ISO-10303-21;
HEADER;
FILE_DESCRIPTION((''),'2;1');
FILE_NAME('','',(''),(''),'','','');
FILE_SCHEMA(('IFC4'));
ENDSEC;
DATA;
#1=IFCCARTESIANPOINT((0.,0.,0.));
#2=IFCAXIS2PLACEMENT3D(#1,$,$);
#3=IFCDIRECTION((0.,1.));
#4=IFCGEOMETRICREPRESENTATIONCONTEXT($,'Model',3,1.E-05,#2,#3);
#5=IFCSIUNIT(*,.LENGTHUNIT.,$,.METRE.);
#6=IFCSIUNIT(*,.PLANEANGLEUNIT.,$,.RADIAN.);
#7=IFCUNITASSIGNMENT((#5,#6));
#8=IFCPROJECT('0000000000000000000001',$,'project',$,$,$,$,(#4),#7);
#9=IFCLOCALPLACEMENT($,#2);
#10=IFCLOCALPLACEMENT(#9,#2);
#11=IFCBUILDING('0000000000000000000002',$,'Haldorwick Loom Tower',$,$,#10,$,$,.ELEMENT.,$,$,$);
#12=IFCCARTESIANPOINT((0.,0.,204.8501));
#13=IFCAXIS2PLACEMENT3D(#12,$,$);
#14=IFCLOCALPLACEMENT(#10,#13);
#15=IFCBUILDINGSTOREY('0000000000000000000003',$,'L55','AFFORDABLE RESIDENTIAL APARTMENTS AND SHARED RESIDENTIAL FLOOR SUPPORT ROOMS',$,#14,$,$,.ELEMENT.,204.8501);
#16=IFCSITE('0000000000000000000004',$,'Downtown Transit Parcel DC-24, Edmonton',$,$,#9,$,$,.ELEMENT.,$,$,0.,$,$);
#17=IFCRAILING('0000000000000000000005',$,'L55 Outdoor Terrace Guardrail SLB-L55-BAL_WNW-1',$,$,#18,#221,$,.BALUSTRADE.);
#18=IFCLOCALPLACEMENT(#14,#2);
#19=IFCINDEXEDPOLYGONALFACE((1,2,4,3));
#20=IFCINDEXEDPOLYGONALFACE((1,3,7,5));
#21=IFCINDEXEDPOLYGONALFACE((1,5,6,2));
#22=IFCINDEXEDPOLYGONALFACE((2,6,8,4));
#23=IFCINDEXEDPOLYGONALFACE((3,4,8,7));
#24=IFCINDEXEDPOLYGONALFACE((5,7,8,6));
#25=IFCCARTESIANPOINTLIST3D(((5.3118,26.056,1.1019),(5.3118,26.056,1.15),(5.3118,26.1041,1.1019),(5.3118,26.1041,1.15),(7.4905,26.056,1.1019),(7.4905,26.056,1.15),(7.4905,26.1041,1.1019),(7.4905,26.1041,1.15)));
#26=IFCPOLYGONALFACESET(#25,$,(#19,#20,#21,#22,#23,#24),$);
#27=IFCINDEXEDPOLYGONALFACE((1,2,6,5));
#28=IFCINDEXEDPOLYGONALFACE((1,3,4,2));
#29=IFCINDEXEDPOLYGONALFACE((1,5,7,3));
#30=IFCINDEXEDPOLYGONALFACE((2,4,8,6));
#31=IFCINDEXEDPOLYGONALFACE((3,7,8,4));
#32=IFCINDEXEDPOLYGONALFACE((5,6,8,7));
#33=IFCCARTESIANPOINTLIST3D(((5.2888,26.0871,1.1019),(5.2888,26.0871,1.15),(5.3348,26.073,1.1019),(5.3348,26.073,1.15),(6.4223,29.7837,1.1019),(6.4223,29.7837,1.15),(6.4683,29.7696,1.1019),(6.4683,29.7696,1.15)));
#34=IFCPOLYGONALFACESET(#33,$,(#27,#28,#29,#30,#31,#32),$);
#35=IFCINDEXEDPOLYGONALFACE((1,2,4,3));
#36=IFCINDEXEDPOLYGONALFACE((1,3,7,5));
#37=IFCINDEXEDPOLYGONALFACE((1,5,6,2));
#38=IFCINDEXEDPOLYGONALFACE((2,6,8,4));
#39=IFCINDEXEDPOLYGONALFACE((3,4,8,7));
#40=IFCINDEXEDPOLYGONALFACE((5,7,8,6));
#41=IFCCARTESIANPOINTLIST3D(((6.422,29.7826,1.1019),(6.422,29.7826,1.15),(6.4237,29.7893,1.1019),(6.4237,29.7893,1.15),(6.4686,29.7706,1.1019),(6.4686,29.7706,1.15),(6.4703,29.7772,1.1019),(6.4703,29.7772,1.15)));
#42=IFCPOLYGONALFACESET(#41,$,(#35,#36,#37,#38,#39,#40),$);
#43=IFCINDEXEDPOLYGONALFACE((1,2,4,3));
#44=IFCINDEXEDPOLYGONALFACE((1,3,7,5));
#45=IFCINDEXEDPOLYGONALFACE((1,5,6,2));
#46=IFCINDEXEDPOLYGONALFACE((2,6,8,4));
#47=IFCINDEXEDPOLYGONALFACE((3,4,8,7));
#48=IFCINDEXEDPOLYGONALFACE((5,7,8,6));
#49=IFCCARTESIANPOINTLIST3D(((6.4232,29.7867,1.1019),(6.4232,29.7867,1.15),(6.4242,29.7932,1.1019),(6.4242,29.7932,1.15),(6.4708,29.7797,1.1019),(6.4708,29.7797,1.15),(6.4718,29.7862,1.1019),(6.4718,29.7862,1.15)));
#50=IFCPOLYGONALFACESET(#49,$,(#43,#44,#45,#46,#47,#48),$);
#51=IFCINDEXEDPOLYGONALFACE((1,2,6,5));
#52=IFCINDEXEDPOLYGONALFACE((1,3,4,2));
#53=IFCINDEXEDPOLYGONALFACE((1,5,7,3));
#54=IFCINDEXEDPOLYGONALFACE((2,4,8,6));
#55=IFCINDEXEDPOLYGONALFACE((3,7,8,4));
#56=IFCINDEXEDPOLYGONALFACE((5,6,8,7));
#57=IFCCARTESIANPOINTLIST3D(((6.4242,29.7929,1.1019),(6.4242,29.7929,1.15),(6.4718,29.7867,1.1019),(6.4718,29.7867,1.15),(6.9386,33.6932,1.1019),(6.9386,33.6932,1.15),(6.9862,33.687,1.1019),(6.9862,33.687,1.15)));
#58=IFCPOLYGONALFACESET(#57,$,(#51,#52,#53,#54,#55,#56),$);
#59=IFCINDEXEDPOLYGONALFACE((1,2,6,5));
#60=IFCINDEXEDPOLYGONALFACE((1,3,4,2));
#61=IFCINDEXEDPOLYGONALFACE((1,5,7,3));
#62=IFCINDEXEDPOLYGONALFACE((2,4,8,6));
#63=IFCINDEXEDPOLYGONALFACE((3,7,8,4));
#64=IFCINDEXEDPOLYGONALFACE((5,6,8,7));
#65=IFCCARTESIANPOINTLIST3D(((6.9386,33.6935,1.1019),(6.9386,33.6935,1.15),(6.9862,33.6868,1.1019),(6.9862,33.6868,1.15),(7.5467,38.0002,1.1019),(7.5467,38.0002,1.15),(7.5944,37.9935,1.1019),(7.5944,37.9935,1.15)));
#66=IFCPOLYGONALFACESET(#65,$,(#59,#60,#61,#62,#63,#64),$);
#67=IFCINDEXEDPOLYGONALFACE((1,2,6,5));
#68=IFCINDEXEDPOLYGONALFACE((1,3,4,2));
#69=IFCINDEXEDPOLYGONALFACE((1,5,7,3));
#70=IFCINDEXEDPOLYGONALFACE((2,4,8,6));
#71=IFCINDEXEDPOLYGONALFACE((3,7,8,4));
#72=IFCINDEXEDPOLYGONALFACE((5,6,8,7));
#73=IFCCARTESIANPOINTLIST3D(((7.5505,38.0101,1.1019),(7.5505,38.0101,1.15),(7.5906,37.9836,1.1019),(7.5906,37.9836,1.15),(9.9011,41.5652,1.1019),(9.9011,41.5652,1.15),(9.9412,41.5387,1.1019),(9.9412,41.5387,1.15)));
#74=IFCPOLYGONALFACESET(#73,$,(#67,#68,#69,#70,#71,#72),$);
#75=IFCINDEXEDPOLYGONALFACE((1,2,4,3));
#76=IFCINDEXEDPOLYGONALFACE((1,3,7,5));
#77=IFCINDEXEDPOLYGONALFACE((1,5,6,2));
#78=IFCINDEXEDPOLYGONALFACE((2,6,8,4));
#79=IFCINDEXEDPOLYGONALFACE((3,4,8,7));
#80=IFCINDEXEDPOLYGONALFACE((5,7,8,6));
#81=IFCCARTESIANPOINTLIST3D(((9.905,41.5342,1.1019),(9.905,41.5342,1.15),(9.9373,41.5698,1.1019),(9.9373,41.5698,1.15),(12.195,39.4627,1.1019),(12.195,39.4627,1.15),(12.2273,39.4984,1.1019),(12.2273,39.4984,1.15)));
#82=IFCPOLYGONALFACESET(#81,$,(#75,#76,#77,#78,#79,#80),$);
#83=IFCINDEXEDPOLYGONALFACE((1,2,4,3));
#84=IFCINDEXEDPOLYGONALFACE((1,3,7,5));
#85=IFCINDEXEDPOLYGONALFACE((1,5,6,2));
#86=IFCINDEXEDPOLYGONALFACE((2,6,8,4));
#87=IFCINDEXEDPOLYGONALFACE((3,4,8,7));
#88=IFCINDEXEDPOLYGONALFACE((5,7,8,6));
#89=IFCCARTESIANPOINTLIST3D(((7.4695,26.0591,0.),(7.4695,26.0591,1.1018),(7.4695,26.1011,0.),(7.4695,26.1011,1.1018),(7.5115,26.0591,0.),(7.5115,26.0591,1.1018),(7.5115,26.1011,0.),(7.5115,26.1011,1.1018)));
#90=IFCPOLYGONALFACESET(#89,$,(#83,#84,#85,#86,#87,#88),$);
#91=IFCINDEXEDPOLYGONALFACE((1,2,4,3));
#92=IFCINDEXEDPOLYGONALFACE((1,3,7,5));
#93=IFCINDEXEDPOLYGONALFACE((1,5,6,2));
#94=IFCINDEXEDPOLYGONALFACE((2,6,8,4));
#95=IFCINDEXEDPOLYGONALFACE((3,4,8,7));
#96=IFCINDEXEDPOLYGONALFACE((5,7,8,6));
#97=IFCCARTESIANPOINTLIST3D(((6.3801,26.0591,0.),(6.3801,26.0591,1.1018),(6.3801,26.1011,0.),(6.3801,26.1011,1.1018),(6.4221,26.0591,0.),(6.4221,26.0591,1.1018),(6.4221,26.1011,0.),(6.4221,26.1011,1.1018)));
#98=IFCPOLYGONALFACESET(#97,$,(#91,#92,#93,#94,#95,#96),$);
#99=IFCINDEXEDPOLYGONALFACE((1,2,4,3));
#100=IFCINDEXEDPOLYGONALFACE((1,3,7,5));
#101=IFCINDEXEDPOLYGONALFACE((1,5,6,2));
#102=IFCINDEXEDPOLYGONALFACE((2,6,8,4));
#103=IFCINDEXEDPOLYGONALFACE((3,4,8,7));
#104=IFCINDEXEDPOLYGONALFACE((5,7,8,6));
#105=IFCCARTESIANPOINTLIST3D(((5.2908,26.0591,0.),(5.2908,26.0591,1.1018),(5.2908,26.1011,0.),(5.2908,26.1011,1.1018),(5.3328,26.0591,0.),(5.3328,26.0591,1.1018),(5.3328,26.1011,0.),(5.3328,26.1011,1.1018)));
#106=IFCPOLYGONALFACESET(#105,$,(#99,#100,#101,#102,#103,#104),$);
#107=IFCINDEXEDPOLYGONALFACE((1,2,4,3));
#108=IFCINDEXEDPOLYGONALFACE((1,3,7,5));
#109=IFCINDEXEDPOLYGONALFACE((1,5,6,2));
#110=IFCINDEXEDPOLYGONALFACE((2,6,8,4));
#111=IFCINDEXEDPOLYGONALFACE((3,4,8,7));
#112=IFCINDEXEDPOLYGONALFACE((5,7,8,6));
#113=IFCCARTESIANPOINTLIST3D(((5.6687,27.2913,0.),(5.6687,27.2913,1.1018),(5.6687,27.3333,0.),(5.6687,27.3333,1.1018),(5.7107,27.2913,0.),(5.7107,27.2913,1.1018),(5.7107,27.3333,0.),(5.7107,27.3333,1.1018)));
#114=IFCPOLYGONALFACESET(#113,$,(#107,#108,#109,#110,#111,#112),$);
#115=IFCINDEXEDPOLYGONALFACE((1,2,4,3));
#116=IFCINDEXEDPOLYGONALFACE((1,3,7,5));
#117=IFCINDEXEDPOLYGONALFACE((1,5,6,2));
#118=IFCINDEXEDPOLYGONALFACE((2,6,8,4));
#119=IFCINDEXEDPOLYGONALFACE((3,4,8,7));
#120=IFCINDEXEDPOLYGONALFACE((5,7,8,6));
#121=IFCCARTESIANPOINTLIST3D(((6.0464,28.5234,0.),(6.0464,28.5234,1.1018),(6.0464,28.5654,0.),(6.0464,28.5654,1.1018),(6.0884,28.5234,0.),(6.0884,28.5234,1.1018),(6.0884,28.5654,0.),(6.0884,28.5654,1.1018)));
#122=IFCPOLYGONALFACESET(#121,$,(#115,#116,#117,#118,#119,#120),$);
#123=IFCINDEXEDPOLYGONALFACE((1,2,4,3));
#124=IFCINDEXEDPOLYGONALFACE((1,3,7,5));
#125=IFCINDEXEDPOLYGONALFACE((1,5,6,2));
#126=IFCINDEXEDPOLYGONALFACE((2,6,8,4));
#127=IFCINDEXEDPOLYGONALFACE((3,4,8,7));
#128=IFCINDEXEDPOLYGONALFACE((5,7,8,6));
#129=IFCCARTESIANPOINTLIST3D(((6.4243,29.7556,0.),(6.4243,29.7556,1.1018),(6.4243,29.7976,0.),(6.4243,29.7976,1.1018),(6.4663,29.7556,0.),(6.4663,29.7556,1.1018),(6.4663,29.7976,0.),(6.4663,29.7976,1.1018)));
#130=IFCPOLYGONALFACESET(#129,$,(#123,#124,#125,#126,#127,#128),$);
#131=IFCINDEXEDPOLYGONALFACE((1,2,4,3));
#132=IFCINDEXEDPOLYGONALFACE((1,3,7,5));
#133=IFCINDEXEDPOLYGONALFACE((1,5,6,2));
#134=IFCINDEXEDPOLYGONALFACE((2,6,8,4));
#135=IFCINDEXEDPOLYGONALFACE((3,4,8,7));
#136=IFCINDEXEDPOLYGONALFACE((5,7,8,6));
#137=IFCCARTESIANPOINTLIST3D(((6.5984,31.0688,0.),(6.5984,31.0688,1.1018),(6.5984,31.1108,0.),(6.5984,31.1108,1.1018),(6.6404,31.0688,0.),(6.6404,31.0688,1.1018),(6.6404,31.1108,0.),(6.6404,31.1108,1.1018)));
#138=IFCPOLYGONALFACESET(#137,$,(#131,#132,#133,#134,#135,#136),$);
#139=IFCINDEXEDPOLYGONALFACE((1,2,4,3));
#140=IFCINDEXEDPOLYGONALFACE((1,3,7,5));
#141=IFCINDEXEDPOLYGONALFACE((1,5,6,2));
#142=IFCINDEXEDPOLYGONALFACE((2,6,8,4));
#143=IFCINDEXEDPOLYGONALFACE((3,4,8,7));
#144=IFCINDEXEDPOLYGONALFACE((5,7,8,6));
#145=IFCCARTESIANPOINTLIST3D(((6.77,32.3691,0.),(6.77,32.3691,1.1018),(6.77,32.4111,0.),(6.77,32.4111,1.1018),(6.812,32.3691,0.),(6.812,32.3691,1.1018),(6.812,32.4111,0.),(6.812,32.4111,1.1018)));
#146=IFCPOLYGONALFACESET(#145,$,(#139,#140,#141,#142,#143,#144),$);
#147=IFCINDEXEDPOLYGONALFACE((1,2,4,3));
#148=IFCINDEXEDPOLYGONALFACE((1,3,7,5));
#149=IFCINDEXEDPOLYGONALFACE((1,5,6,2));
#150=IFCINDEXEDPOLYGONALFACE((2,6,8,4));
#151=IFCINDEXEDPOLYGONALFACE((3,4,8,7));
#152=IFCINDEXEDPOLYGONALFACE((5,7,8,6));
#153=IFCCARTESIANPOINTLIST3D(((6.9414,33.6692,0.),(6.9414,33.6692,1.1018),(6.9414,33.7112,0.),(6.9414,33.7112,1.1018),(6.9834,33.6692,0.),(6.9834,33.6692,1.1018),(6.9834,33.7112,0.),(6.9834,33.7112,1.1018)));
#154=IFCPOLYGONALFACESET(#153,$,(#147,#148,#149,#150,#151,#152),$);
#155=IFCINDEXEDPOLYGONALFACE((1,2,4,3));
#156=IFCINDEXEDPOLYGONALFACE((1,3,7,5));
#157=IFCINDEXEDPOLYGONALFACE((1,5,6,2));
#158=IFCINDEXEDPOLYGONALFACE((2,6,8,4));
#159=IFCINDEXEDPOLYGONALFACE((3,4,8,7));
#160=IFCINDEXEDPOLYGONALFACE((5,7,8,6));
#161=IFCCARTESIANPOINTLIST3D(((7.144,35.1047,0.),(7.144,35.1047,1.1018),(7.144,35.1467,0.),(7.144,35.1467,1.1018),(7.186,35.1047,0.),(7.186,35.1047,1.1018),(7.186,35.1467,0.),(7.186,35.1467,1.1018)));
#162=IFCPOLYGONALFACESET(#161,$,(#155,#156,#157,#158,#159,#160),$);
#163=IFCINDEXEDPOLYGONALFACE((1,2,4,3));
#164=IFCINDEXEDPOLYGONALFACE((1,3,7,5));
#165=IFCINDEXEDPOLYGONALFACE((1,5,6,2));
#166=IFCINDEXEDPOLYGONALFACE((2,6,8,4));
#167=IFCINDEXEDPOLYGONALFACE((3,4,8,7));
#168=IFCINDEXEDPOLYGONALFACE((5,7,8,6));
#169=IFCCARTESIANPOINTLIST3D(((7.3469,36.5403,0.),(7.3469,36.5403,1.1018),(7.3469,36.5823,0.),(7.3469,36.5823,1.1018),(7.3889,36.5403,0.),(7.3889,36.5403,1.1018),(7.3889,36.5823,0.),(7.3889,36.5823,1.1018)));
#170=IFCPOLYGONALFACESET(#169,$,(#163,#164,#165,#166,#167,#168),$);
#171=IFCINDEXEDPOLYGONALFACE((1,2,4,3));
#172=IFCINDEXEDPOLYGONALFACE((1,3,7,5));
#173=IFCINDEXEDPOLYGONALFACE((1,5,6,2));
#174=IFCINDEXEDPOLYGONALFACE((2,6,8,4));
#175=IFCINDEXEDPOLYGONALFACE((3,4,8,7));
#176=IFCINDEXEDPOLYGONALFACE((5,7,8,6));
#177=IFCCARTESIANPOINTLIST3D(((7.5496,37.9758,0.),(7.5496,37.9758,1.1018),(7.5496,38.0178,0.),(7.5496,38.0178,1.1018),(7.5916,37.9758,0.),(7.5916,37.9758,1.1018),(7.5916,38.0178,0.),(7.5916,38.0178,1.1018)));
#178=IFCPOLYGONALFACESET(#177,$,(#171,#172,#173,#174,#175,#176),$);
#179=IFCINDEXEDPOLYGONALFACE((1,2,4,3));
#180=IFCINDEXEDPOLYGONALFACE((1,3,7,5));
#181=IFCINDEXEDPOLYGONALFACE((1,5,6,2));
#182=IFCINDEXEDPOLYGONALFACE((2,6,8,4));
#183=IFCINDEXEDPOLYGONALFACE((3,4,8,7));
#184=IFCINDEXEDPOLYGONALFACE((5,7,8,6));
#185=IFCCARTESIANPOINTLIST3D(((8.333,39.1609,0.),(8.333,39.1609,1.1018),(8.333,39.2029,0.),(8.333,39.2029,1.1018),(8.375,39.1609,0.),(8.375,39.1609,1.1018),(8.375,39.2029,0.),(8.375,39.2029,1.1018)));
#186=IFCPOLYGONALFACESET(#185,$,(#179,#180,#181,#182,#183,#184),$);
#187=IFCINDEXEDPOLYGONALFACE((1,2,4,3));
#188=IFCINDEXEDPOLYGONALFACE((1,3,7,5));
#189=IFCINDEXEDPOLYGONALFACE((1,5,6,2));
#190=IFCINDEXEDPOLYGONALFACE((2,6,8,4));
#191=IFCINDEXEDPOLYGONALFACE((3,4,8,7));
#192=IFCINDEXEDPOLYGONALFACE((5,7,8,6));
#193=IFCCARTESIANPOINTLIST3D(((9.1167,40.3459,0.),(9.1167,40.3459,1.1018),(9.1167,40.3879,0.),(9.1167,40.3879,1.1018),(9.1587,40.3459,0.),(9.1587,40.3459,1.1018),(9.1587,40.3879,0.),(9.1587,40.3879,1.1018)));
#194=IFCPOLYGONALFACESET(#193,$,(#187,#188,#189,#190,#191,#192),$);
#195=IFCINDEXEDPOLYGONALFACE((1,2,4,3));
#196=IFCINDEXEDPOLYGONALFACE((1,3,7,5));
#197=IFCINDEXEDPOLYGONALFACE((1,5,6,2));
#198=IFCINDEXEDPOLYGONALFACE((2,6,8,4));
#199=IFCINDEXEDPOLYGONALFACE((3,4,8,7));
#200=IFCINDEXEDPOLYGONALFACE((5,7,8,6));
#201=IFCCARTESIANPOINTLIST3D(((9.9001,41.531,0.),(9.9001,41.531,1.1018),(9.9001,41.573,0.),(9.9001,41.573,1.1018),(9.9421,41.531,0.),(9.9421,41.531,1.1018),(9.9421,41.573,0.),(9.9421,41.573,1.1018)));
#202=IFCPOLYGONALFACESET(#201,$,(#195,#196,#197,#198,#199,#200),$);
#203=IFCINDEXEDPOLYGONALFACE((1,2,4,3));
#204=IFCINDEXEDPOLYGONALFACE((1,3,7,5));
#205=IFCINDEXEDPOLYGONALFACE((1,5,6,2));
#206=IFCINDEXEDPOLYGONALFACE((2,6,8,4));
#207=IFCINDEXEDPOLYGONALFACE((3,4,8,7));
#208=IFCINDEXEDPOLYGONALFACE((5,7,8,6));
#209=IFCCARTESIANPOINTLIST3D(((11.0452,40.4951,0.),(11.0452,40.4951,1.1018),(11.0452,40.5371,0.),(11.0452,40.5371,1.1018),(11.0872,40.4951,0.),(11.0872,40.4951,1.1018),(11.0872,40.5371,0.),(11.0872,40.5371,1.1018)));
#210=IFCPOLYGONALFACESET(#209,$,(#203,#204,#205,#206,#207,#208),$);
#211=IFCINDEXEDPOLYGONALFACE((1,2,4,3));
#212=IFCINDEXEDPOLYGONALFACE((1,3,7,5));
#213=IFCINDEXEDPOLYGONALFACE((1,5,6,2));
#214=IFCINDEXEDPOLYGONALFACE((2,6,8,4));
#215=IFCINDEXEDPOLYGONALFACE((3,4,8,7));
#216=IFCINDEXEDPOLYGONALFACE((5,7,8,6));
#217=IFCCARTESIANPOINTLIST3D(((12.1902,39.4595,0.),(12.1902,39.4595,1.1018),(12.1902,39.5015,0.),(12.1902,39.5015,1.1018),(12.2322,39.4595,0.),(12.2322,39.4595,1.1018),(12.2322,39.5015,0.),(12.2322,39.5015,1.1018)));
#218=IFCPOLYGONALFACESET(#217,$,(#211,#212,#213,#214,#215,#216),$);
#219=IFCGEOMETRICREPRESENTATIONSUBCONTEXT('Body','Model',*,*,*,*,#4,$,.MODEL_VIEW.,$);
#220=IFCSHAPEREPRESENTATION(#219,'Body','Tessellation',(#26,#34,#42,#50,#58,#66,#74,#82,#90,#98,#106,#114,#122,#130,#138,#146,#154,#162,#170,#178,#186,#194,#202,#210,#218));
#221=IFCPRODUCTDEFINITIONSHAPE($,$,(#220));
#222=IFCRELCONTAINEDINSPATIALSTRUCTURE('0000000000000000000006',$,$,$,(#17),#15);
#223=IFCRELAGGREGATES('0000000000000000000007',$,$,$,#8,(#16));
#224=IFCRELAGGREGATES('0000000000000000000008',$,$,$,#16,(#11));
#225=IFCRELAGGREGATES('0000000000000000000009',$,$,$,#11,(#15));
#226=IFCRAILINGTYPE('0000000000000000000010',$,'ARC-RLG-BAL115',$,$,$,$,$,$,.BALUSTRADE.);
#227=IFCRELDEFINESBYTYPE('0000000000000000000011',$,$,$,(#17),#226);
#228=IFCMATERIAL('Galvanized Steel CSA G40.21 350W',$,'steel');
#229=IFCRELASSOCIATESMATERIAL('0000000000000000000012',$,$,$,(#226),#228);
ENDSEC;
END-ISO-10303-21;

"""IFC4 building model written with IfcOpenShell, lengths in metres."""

from ifc_helpers import new_model, si_unit, direction, frame, origin, origin_2d, place, context, subcontext, project, spatial, rectangle, extrude, material, type_object, element, save


model = new_model("IFC4")

# Units and contexts
model_context = context("Model", 3, precision=1e-05, world=origin(), true_north=direction((0.0, 1.0)))
body_context = subcontext(model_context, "Body", "Model", "MODEL_VIEW")
ifc_project = project(units=[si_unit("LENGTHUNIT", "METRE"), si_unit("PLANEANGLEUNIT", "RADIAN")], contexts=[model_context])

# Site, building, storey
site_placement = place(None, origin())
site = spatial("IfcSite", under=ifc_project, at=site_placement, Name="Downtown Transit Parcel DC-24, Edmonton", CompositionType="ELEMENT", RefElevation=0.0)
building_placement = place(site_placement, origin())
building = spatial("IfcBuilding", under=site, at=building_placement, Name="Haldorwick Loom Tower", CompositionType="ELEMENT")
storey_placement = place(building_placement, frame((0.0, 0.0, 204.8501)))
storey = spatial("IfcBuildingStorey", under=building, at=storey_placement, Name="L55", Description="AFFORDABLE RESIDENTIAL APARTMENTS AND SHARED RESIDENTIAL FLOOR SUPPORT ROOMS", CompositionType="ELEMENT", Elevation=204.8501)

# Railing
ifc_material_1 = material(Name="Galvanized Steel CSA G40.21 350W", Category="steel")
railing_type = type_object("IfcRailingType", Name="ARC-RLG-BAL115", PredefinedType="BALUSTRADE", material=ifc_material_1)
railing_placement = place(storey_placement, frame((7.4905, 26.0801, 0.0)))
element("IfcRailing", 1, at=railing_placement, inside=storey, type_object=railing_type, Name="L55 Outdoor Terrace Guardrail SLB-L55-BAL_WNW-1", PredefinedType="BALUSTRADE", context=body_context, shape_type="SweptSolid", body=[
    extrude(rectangle(XDim=0.0481, YDim=0.0481, at=origin_2d()), frame((0.0, 0.0, 1.126), z_axis=(-1.0, 0.0, 0.0), x_axis=(0.0, -1.0, 0.0)), (0.0, 0.0, 1.0), 2.1787),
    extrude(rectangle(XDim=0.0481, YDim=0.0481, at=origin_2d()), frame((-2.1787, 0.0, 1.126), z_axis=(0.293176, 0.956058, 0.0), x_axis=(-0.956058, 0.293176, 0.0)), (0.0, 0.0, 1.0), 3.8665),
    extrude(rectangle(XDim=0.0481, YDim=0.0481, at=origin_2d()), frame((-1.0452, 3.6965, 1.126), z_axis=(0.250962, 0.967997, 0.0), x_axis=(-0.967997, 0.250962, 0.0)), (0.0, 0.0, 1.0), 0.0068),
    extrude(rectangle(XDim=0.0481, YDim=0.0481, at=origin_2d()), frame((-1.0435, 3.7031, 1.126), z_axis=(0.146549, 0.989203, 0.0), x_axis=(-0.989203, 0.146549, 0.0)), (0.0, 0.0, 1.0), 0.0066),
    extrude(rectangle(XDim=0.0481, YDim=0.0481, at=origin_2d()), frame((-1.0425, 3.7097, 1.126), z_axis=(0.130753, 0.991415, 0.0), x_axis=(-0.991415, 0.130753, 0.0)), (0.0, 0.0, 1.0), 3.9341),
    extrude(rectangle(XDim=0.0481, YDim=0.0481, at=origin_2d()), frame((-0.5281, 7.6101, 1.126), z_axis=(0.139826, 0.990176, 0.0), x_axis=(-0.990176, 0.139826, 0.0)), (0.0, 0.0, 1.0), 4.3494),
    extrude(rectangle(XDim=0.0481, YDim=0.0481, at=origin_2d()), frame((0.0801, 11.9167, 1.126), z_axis=(0.551524, 0.834159, 0.0), x_axis=(-0.834159, 0.551524, 0.0)), (0.0, 0.0, 1.0), 4.262),
    extrude(rectangle(XDim=0.0481, YDim=0.0481, at=origin_2d()), frame((2.4307, 15.4719, 1.126), z_axis=(0.741601, -0.670841, 0.0), x_axis=(0.670841, 0.741601, 0.0)), (0.0, 0.0, 1.0), 3.0879),
    extrude(rectangle(XDim=0.042, YDim=0.042, at=origin_2d()), origin(), (0.0, 0.0, 1.0), 1.1018),
    extrude(rectangle(XDim=0.042, YDim=0.042, at=origin_2d()), frame((-1.0894, 0.0, 0.0)), (0.0, 0.0, 1.0), 1.1018),
    extrude(rectangle(XDim=0.042, YDim=0.042, at=origin_2d()), frame((-2.1787, 0.0, 0.0)), (0.0, 0.0, 1.0), 1.1018),
    extrude(rectangle(XDim=0.042, YDim=0.042, at=origin_2d()), frame((-1.8008, 1.2322, 0.0)), (0.0, 0.0, 1.0), 1.1018),
    extrude(rectangle(XDim=0.042, YDim=0.042, at=origin_2d()), frame((-1.4231, 2.4644, 0.0)), (0.0, 0.0, 1.0), 1.1018),
    extrude(rectangle(XDim=0.042, YDim=0.042, at=origin_2d()), frame((-1.0452, 3.6965, 0.0)), (0.0, 0.0, 1.0), 1.1018),
    extrude(rectangle(XDim=0.042, YDim=0.042, at=origin_2d()), frame((-0.8711, 5.0098, 0.0)), (0.0, 0.0, 1.0), 1.1018),
    extrude(rectangle(XDim=0.042, YDim=0.042, at=origin_2d()), frame((-0.6995, 6.3101, 0.0)), (0.0, 0.0, 1.0), 1.1018),
    extrude(rectangle(XDim=0.042, YDim=0.042, at=origin_2d()), frame((-0.5281, 7.6101, 0.0)), (0.0, 0.0, 1.0), 1.1018),
    extrude(rectangle(XDim=0.042, YDim=0.042, at=origin_2d()), frame((-0.3254, 9.0457, 0.0)), (0.0, 0.0, 1.0), 1.1018),
    extrude(rectangle(XDim=0.042, YDim=0.042, at=origin_2d()), frame((-0.1226, 10.4812, 0.0)), (0.0, 0.0, 1.0), 1.1018),
    extrude(rectangle(XDim=0.042, YDim=0.042, at=origin_2d()), frame((0.0801, 11.9167, 0.0)), (0.0, 0.0, 1.0), 1.1018),
    extrude(rectangle(XDim=0.042, YDim=0.042, at=origin_2d()), frame((0.8635, 13.1018, 0.0)), (0.0, 0.0, 1.0), 1.1018),
    extrude(rectangle(XDim=0.042, YDim=0.042, at=origin_2d()), frame((1.6472, 14.2869, 0.0)), (0.0, 0.0, 1.0), 1.1018),
    extrude(rectangle(XDim=0.042, YDim=0.042, at=origin_2d()), frame((2.4307, 15.4719, 0.0)), (0.0, 0.0, 1.0), 1.1018),
    extrude(rectangle(XDim=0.042, YDim=0.042, at=origin_2d()), frame((3.5757, 14.436, 0.0)), (0.0, 0.0, 1.0), 1.1018),
    extrude(rectangle(XDim=0.042, YDim=0.042, at=origin_2d()), frame((4.7207, 13.4004, 0.0)), (0.0, 0.0, 1.0), 1.1018),
])

save(model, "model.ifc")
